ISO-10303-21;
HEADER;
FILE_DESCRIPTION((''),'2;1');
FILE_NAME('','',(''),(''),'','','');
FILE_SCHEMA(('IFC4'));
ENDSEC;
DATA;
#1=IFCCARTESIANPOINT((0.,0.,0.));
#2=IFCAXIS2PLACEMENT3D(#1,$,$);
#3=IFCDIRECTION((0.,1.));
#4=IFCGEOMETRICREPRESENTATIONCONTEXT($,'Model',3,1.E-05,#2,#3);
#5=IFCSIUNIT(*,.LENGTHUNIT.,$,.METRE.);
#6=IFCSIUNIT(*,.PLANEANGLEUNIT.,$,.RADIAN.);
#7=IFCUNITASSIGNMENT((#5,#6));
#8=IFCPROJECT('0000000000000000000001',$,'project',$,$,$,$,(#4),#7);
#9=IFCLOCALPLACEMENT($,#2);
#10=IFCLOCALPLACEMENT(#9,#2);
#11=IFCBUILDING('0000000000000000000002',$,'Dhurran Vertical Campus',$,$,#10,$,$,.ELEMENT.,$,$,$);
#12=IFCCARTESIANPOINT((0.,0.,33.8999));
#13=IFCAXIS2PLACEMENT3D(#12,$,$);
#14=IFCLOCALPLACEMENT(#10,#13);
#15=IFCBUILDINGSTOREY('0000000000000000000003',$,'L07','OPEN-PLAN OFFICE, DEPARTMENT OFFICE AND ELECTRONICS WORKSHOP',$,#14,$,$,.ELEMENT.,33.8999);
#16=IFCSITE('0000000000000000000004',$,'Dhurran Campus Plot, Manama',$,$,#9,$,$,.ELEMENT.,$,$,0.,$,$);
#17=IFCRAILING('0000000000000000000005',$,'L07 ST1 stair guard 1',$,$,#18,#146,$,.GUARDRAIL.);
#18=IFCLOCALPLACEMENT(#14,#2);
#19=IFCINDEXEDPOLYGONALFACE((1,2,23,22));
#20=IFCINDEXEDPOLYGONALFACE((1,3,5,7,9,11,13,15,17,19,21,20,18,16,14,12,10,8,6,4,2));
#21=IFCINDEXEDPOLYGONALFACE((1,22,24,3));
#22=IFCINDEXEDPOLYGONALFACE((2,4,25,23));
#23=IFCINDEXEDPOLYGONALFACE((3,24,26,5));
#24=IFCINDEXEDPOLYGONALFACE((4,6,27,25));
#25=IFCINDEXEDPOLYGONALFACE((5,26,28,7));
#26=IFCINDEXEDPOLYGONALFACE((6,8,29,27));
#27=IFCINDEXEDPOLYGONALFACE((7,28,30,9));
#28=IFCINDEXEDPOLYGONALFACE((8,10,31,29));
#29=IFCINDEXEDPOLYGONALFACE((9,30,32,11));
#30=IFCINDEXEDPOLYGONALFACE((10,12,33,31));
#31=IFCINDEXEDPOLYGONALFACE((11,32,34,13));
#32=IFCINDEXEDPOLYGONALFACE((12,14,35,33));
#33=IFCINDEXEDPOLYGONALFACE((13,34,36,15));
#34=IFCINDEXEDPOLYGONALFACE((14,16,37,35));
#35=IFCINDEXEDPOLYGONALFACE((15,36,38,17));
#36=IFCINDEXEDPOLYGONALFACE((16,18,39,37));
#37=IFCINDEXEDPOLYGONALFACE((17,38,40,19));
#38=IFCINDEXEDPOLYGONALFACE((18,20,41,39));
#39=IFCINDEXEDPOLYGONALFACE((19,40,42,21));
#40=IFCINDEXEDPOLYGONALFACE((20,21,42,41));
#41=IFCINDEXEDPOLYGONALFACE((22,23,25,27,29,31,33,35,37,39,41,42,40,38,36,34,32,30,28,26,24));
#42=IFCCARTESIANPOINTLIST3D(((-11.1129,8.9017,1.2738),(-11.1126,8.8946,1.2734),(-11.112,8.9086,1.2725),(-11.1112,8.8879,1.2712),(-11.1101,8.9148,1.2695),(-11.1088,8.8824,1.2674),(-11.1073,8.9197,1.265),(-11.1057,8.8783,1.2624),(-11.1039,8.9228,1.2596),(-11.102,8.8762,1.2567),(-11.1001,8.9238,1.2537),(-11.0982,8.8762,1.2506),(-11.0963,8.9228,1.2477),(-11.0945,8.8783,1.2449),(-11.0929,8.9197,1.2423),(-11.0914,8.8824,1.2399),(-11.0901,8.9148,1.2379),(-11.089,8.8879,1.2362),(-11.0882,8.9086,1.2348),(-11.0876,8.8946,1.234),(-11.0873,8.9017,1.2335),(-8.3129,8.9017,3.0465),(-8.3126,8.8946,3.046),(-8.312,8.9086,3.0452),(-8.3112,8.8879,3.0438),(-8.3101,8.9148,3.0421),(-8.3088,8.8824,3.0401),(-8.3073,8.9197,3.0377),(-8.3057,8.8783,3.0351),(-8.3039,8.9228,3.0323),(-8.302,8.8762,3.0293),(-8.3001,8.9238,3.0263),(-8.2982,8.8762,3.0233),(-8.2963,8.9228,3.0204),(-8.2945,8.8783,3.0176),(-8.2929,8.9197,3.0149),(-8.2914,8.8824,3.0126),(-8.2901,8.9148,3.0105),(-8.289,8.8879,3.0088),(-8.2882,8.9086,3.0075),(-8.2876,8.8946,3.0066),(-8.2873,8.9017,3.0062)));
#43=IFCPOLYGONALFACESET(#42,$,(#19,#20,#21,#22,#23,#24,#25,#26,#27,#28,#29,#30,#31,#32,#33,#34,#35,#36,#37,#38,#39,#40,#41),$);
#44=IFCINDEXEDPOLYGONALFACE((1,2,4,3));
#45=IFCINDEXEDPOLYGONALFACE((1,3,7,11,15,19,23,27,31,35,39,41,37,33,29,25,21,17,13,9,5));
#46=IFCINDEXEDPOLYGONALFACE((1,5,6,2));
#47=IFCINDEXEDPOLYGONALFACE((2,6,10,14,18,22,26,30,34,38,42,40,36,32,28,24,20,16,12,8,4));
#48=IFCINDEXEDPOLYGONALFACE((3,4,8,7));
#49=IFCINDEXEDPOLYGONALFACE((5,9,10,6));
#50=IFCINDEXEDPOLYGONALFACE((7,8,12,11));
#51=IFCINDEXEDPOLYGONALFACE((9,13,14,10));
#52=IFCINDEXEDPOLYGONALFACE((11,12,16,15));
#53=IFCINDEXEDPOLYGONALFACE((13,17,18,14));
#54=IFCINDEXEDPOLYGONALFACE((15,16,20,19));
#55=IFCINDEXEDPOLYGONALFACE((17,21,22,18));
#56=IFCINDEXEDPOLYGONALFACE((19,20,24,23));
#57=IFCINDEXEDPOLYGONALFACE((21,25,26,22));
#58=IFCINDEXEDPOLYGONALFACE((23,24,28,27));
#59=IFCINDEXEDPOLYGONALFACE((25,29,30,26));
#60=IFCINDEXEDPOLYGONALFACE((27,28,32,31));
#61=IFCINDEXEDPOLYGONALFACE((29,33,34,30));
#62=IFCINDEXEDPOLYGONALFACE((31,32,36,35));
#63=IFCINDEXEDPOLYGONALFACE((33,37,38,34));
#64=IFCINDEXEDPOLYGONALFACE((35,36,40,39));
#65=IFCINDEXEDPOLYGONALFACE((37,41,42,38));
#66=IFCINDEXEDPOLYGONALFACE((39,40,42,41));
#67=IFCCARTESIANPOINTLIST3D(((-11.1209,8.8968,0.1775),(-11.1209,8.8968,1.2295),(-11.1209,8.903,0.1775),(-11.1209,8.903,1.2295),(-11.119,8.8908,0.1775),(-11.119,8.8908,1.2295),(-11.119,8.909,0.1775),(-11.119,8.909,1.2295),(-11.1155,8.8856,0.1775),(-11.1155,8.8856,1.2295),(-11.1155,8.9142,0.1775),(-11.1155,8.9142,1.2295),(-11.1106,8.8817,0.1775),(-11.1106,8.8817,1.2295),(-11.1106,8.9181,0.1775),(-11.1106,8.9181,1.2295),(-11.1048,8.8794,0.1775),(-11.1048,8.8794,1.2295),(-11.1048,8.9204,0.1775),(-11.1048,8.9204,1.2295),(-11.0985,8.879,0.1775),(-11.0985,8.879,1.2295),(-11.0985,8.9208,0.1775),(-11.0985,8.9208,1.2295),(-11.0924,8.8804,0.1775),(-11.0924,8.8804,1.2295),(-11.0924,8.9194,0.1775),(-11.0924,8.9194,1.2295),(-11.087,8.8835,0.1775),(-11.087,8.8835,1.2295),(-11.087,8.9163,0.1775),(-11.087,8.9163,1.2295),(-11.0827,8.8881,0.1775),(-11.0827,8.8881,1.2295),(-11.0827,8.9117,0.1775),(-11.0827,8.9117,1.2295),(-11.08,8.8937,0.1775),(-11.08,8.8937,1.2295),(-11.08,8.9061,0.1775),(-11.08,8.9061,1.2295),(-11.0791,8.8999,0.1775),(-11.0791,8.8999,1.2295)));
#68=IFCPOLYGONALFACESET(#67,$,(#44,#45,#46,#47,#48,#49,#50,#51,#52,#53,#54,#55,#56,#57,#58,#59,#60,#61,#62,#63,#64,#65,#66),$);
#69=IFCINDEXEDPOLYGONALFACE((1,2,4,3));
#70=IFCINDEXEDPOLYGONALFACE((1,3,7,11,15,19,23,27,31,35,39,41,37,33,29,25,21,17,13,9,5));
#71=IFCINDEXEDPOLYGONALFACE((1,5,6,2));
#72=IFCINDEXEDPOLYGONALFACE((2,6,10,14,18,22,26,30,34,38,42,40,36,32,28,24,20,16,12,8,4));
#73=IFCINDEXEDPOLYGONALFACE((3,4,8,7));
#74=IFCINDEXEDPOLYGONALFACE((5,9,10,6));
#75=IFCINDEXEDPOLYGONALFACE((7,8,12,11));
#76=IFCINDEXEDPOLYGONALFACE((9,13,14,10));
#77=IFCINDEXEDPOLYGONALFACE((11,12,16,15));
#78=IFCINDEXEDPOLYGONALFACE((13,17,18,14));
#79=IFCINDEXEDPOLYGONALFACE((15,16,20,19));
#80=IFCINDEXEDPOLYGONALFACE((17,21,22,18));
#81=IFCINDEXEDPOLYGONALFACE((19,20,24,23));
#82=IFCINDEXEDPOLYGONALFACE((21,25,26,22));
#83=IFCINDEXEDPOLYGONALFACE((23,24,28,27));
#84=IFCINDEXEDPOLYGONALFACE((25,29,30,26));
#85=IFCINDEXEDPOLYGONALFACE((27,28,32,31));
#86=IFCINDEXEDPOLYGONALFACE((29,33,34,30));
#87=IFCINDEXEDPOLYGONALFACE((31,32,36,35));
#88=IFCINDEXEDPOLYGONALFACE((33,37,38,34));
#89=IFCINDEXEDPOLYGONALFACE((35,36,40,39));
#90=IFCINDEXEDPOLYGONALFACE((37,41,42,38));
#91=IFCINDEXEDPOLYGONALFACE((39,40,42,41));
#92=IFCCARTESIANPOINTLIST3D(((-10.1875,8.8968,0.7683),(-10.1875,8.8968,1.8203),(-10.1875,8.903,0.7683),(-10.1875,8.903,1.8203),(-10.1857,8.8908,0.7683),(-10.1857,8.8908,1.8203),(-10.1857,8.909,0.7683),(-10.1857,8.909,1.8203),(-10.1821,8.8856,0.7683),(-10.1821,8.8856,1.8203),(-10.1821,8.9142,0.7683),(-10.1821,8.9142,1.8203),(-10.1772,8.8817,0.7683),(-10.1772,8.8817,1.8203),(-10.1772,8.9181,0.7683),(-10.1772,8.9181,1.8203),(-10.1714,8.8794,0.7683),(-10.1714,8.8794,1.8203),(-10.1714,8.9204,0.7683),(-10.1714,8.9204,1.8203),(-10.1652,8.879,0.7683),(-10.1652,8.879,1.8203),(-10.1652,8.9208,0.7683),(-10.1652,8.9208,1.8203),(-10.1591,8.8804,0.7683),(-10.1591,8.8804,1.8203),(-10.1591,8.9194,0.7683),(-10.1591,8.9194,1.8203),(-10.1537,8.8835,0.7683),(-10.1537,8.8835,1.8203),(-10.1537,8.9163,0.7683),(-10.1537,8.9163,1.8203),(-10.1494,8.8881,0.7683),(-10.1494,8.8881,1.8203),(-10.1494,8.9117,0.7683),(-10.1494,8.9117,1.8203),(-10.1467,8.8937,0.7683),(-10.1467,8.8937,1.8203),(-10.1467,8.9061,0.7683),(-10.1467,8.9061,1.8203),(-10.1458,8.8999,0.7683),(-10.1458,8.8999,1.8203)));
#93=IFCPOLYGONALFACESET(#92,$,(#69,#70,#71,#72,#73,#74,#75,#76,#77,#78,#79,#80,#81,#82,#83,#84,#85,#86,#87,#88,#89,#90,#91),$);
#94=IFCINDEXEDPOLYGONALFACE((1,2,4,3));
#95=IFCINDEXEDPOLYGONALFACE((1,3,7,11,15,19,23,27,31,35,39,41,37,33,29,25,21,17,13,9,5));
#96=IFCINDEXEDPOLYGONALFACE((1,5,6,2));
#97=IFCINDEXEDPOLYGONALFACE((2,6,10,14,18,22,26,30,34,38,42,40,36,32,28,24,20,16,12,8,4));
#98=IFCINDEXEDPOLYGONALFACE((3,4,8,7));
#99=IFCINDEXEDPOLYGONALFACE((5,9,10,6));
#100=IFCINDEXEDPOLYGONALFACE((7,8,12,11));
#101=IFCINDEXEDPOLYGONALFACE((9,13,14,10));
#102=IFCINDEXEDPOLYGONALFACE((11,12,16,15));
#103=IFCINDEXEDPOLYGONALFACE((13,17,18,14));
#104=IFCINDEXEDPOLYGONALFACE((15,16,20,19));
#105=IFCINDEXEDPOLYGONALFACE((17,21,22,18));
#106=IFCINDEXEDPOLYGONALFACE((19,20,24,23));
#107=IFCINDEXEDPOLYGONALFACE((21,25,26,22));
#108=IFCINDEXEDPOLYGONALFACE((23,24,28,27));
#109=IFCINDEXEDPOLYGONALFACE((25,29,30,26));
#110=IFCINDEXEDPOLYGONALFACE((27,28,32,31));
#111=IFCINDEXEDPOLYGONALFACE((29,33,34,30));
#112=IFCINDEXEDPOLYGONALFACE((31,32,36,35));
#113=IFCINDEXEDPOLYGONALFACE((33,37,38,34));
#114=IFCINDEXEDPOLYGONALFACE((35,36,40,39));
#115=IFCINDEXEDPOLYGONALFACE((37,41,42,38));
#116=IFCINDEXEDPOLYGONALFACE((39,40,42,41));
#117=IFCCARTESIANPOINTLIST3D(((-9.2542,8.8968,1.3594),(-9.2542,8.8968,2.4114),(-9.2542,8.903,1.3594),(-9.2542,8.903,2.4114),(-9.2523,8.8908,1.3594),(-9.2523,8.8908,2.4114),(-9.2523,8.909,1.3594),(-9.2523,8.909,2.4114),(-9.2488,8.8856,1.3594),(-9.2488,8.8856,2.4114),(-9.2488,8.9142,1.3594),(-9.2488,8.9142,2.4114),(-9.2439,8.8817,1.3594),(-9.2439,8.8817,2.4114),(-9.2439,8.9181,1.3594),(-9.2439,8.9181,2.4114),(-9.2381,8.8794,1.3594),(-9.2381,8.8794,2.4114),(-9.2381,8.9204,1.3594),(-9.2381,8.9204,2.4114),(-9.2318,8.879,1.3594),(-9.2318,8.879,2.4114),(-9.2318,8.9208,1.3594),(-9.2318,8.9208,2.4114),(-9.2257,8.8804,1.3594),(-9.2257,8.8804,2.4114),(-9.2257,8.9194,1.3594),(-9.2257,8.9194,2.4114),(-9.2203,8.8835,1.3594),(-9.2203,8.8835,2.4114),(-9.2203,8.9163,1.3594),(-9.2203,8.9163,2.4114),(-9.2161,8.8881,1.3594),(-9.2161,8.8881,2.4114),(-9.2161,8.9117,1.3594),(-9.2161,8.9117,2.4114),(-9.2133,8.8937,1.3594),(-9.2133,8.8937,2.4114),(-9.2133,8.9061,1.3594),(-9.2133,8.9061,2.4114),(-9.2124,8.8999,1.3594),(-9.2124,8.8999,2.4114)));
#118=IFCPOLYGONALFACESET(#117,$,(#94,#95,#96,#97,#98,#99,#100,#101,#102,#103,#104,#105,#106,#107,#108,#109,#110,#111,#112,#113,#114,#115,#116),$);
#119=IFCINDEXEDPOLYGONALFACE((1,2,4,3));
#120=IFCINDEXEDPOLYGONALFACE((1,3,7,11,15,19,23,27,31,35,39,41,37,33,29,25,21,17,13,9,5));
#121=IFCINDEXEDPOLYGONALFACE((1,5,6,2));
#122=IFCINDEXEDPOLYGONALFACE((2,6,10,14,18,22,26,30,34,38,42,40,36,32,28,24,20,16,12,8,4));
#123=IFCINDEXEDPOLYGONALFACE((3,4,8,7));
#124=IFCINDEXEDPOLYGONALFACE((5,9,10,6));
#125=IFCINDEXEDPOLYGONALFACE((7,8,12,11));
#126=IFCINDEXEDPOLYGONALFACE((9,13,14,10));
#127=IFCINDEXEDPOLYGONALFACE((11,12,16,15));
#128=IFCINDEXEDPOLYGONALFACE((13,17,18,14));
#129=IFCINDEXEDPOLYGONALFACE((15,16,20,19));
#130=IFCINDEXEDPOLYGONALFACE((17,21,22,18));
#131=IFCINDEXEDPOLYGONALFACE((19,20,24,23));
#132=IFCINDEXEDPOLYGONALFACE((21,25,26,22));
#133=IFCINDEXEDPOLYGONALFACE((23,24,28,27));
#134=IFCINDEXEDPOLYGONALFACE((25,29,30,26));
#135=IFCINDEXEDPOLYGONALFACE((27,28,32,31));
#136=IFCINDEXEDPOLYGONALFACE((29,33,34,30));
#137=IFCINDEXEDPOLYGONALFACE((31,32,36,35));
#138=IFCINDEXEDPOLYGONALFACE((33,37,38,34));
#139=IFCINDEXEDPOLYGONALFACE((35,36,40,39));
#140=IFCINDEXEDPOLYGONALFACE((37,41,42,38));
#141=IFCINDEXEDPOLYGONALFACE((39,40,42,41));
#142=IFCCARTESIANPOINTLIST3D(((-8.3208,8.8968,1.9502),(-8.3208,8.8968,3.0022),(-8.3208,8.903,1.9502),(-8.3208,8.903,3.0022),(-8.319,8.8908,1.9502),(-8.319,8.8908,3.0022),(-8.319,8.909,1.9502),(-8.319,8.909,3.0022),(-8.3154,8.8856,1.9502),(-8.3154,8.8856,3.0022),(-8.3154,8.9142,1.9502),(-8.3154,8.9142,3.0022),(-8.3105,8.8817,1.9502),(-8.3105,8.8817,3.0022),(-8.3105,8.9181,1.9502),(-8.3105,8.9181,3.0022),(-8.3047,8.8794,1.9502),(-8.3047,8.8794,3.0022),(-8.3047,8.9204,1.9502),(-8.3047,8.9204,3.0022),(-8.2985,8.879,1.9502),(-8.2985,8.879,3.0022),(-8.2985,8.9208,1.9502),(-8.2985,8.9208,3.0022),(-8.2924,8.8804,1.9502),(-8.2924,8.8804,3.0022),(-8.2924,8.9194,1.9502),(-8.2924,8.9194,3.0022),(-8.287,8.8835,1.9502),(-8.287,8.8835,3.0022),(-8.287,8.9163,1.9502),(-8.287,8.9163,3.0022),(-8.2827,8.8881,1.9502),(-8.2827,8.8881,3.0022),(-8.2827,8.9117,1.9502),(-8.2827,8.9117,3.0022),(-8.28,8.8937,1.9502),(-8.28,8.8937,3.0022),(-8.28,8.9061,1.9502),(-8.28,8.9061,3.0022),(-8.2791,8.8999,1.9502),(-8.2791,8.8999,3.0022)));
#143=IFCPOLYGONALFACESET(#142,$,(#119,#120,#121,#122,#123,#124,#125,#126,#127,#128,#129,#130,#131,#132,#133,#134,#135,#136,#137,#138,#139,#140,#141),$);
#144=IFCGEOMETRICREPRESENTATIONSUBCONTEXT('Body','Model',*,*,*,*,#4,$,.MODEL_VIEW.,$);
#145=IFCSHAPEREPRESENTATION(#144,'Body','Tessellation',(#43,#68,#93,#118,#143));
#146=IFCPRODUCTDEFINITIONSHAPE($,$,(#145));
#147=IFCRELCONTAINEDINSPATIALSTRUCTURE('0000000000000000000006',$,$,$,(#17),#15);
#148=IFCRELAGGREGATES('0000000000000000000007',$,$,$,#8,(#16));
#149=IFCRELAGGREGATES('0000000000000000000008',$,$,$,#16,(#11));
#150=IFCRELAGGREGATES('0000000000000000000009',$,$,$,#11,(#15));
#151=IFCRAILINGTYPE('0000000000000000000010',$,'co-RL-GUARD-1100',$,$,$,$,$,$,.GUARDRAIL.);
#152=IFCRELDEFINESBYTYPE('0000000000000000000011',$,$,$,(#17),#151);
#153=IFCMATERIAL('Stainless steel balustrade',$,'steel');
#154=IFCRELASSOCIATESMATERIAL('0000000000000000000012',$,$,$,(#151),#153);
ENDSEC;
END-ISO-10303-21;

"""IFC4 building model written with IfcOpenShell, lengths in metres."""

from ifc_helpers import new_model, si_unit, direction, frame, origin, origin_2d, place, context, subcontext, project, spatial, circle, extrude, material, type_object, element, save


model = new_model("IFC4")

# Units and contexts
model_context = context("Model", 3, precision=1e-05, world=origin(), true_north=direction((0.0, 1.0)))
body_context = subcontext(model_context, "Body", "Model", "MODEL_VIEW")
ifc_project = project(units=[si_unit("LENGTHUNIT", "METRE"), si_unit("PLANEANGLEUNIT", "RADIAN")], contexts=[model_context])

# Site, building, storey
site_placement = place(None, origin())
site = spatial("IfcSite", under=ifc_project, at=site_placement, Name="Dhurran Campus Plot, Manama", CompositionType="ELEMENT", RefElevation=0.0)
building_placement = place(site_placement, origin())
building = spatial("IfcBuilding", under=site, at=building_placement, Name="Dhurran Vertical Campus", CompositionType="ELEMENT")
storey_placement = place(building_placement, frame((0.0, 0.0, 33.8999)))
storey = spatial("IfcBuildingStorey", under=building, at=storey_placement, Name="L07", Description="OPEN-PLAN OFFICE, DEPARTMENT OFFICE AND ELECTRONICS WORKSHOP", CompositionType="ELEMENT", Elevation=33.8999)

# Railing
ifc_material_1 = material(Name="Stainless steel balustrade", Category="steel")
railing_type_1 = type_object("IfcRailingType", Name="co-RL-GUARD-1100", PredefinedType="GUARDRAIL", material=ifc_material_1)
railing_1_placement = place(storey_placement, frame((-11.1001, 8.8999, 0.1775)))
element("IfcRailing", 1, at=railing_1_placement, inside=storey, type_object=railing_type_1, Name="L07 ST1 stair guard 1", PredefinedType="GUARDRAIL", context=body_context, shape_type="SweptSolid", body=[
    extrude(circle(Radius=0.0239, at=origin_2d()), frame((0.0, 0.0, 1.0762), z_axis=(0.844909, 0.0, 0.53491), x_axis=(0.0, 1.0, 0.0)), (0.0, 0.0, 1.0), 3.314),
    extrude(circle(Radius=0.021, at=origin_2d()), origin(), (0.0, 0.0, 1.0), 1.052),
    extrude(circle(Radius=0.021, at=origin_2d()), frame((0.9333, 0.0, 0.5908)), (0.0, 0.0, 1.0), 1.052),
    extrude(circle(Radius=0.021, at=origin_2d()), frame((1.8667, 0.0, 1.1819)), (0.0, 0.0, 1.0), 1.052),
    extrude(circle(Radius=0.021, at=origin_2d()), frame((2.8, 0.0, 1.7727)), (0.0, 0.0, 1.0), 1.052),
])

save(model, "model.ifc")
